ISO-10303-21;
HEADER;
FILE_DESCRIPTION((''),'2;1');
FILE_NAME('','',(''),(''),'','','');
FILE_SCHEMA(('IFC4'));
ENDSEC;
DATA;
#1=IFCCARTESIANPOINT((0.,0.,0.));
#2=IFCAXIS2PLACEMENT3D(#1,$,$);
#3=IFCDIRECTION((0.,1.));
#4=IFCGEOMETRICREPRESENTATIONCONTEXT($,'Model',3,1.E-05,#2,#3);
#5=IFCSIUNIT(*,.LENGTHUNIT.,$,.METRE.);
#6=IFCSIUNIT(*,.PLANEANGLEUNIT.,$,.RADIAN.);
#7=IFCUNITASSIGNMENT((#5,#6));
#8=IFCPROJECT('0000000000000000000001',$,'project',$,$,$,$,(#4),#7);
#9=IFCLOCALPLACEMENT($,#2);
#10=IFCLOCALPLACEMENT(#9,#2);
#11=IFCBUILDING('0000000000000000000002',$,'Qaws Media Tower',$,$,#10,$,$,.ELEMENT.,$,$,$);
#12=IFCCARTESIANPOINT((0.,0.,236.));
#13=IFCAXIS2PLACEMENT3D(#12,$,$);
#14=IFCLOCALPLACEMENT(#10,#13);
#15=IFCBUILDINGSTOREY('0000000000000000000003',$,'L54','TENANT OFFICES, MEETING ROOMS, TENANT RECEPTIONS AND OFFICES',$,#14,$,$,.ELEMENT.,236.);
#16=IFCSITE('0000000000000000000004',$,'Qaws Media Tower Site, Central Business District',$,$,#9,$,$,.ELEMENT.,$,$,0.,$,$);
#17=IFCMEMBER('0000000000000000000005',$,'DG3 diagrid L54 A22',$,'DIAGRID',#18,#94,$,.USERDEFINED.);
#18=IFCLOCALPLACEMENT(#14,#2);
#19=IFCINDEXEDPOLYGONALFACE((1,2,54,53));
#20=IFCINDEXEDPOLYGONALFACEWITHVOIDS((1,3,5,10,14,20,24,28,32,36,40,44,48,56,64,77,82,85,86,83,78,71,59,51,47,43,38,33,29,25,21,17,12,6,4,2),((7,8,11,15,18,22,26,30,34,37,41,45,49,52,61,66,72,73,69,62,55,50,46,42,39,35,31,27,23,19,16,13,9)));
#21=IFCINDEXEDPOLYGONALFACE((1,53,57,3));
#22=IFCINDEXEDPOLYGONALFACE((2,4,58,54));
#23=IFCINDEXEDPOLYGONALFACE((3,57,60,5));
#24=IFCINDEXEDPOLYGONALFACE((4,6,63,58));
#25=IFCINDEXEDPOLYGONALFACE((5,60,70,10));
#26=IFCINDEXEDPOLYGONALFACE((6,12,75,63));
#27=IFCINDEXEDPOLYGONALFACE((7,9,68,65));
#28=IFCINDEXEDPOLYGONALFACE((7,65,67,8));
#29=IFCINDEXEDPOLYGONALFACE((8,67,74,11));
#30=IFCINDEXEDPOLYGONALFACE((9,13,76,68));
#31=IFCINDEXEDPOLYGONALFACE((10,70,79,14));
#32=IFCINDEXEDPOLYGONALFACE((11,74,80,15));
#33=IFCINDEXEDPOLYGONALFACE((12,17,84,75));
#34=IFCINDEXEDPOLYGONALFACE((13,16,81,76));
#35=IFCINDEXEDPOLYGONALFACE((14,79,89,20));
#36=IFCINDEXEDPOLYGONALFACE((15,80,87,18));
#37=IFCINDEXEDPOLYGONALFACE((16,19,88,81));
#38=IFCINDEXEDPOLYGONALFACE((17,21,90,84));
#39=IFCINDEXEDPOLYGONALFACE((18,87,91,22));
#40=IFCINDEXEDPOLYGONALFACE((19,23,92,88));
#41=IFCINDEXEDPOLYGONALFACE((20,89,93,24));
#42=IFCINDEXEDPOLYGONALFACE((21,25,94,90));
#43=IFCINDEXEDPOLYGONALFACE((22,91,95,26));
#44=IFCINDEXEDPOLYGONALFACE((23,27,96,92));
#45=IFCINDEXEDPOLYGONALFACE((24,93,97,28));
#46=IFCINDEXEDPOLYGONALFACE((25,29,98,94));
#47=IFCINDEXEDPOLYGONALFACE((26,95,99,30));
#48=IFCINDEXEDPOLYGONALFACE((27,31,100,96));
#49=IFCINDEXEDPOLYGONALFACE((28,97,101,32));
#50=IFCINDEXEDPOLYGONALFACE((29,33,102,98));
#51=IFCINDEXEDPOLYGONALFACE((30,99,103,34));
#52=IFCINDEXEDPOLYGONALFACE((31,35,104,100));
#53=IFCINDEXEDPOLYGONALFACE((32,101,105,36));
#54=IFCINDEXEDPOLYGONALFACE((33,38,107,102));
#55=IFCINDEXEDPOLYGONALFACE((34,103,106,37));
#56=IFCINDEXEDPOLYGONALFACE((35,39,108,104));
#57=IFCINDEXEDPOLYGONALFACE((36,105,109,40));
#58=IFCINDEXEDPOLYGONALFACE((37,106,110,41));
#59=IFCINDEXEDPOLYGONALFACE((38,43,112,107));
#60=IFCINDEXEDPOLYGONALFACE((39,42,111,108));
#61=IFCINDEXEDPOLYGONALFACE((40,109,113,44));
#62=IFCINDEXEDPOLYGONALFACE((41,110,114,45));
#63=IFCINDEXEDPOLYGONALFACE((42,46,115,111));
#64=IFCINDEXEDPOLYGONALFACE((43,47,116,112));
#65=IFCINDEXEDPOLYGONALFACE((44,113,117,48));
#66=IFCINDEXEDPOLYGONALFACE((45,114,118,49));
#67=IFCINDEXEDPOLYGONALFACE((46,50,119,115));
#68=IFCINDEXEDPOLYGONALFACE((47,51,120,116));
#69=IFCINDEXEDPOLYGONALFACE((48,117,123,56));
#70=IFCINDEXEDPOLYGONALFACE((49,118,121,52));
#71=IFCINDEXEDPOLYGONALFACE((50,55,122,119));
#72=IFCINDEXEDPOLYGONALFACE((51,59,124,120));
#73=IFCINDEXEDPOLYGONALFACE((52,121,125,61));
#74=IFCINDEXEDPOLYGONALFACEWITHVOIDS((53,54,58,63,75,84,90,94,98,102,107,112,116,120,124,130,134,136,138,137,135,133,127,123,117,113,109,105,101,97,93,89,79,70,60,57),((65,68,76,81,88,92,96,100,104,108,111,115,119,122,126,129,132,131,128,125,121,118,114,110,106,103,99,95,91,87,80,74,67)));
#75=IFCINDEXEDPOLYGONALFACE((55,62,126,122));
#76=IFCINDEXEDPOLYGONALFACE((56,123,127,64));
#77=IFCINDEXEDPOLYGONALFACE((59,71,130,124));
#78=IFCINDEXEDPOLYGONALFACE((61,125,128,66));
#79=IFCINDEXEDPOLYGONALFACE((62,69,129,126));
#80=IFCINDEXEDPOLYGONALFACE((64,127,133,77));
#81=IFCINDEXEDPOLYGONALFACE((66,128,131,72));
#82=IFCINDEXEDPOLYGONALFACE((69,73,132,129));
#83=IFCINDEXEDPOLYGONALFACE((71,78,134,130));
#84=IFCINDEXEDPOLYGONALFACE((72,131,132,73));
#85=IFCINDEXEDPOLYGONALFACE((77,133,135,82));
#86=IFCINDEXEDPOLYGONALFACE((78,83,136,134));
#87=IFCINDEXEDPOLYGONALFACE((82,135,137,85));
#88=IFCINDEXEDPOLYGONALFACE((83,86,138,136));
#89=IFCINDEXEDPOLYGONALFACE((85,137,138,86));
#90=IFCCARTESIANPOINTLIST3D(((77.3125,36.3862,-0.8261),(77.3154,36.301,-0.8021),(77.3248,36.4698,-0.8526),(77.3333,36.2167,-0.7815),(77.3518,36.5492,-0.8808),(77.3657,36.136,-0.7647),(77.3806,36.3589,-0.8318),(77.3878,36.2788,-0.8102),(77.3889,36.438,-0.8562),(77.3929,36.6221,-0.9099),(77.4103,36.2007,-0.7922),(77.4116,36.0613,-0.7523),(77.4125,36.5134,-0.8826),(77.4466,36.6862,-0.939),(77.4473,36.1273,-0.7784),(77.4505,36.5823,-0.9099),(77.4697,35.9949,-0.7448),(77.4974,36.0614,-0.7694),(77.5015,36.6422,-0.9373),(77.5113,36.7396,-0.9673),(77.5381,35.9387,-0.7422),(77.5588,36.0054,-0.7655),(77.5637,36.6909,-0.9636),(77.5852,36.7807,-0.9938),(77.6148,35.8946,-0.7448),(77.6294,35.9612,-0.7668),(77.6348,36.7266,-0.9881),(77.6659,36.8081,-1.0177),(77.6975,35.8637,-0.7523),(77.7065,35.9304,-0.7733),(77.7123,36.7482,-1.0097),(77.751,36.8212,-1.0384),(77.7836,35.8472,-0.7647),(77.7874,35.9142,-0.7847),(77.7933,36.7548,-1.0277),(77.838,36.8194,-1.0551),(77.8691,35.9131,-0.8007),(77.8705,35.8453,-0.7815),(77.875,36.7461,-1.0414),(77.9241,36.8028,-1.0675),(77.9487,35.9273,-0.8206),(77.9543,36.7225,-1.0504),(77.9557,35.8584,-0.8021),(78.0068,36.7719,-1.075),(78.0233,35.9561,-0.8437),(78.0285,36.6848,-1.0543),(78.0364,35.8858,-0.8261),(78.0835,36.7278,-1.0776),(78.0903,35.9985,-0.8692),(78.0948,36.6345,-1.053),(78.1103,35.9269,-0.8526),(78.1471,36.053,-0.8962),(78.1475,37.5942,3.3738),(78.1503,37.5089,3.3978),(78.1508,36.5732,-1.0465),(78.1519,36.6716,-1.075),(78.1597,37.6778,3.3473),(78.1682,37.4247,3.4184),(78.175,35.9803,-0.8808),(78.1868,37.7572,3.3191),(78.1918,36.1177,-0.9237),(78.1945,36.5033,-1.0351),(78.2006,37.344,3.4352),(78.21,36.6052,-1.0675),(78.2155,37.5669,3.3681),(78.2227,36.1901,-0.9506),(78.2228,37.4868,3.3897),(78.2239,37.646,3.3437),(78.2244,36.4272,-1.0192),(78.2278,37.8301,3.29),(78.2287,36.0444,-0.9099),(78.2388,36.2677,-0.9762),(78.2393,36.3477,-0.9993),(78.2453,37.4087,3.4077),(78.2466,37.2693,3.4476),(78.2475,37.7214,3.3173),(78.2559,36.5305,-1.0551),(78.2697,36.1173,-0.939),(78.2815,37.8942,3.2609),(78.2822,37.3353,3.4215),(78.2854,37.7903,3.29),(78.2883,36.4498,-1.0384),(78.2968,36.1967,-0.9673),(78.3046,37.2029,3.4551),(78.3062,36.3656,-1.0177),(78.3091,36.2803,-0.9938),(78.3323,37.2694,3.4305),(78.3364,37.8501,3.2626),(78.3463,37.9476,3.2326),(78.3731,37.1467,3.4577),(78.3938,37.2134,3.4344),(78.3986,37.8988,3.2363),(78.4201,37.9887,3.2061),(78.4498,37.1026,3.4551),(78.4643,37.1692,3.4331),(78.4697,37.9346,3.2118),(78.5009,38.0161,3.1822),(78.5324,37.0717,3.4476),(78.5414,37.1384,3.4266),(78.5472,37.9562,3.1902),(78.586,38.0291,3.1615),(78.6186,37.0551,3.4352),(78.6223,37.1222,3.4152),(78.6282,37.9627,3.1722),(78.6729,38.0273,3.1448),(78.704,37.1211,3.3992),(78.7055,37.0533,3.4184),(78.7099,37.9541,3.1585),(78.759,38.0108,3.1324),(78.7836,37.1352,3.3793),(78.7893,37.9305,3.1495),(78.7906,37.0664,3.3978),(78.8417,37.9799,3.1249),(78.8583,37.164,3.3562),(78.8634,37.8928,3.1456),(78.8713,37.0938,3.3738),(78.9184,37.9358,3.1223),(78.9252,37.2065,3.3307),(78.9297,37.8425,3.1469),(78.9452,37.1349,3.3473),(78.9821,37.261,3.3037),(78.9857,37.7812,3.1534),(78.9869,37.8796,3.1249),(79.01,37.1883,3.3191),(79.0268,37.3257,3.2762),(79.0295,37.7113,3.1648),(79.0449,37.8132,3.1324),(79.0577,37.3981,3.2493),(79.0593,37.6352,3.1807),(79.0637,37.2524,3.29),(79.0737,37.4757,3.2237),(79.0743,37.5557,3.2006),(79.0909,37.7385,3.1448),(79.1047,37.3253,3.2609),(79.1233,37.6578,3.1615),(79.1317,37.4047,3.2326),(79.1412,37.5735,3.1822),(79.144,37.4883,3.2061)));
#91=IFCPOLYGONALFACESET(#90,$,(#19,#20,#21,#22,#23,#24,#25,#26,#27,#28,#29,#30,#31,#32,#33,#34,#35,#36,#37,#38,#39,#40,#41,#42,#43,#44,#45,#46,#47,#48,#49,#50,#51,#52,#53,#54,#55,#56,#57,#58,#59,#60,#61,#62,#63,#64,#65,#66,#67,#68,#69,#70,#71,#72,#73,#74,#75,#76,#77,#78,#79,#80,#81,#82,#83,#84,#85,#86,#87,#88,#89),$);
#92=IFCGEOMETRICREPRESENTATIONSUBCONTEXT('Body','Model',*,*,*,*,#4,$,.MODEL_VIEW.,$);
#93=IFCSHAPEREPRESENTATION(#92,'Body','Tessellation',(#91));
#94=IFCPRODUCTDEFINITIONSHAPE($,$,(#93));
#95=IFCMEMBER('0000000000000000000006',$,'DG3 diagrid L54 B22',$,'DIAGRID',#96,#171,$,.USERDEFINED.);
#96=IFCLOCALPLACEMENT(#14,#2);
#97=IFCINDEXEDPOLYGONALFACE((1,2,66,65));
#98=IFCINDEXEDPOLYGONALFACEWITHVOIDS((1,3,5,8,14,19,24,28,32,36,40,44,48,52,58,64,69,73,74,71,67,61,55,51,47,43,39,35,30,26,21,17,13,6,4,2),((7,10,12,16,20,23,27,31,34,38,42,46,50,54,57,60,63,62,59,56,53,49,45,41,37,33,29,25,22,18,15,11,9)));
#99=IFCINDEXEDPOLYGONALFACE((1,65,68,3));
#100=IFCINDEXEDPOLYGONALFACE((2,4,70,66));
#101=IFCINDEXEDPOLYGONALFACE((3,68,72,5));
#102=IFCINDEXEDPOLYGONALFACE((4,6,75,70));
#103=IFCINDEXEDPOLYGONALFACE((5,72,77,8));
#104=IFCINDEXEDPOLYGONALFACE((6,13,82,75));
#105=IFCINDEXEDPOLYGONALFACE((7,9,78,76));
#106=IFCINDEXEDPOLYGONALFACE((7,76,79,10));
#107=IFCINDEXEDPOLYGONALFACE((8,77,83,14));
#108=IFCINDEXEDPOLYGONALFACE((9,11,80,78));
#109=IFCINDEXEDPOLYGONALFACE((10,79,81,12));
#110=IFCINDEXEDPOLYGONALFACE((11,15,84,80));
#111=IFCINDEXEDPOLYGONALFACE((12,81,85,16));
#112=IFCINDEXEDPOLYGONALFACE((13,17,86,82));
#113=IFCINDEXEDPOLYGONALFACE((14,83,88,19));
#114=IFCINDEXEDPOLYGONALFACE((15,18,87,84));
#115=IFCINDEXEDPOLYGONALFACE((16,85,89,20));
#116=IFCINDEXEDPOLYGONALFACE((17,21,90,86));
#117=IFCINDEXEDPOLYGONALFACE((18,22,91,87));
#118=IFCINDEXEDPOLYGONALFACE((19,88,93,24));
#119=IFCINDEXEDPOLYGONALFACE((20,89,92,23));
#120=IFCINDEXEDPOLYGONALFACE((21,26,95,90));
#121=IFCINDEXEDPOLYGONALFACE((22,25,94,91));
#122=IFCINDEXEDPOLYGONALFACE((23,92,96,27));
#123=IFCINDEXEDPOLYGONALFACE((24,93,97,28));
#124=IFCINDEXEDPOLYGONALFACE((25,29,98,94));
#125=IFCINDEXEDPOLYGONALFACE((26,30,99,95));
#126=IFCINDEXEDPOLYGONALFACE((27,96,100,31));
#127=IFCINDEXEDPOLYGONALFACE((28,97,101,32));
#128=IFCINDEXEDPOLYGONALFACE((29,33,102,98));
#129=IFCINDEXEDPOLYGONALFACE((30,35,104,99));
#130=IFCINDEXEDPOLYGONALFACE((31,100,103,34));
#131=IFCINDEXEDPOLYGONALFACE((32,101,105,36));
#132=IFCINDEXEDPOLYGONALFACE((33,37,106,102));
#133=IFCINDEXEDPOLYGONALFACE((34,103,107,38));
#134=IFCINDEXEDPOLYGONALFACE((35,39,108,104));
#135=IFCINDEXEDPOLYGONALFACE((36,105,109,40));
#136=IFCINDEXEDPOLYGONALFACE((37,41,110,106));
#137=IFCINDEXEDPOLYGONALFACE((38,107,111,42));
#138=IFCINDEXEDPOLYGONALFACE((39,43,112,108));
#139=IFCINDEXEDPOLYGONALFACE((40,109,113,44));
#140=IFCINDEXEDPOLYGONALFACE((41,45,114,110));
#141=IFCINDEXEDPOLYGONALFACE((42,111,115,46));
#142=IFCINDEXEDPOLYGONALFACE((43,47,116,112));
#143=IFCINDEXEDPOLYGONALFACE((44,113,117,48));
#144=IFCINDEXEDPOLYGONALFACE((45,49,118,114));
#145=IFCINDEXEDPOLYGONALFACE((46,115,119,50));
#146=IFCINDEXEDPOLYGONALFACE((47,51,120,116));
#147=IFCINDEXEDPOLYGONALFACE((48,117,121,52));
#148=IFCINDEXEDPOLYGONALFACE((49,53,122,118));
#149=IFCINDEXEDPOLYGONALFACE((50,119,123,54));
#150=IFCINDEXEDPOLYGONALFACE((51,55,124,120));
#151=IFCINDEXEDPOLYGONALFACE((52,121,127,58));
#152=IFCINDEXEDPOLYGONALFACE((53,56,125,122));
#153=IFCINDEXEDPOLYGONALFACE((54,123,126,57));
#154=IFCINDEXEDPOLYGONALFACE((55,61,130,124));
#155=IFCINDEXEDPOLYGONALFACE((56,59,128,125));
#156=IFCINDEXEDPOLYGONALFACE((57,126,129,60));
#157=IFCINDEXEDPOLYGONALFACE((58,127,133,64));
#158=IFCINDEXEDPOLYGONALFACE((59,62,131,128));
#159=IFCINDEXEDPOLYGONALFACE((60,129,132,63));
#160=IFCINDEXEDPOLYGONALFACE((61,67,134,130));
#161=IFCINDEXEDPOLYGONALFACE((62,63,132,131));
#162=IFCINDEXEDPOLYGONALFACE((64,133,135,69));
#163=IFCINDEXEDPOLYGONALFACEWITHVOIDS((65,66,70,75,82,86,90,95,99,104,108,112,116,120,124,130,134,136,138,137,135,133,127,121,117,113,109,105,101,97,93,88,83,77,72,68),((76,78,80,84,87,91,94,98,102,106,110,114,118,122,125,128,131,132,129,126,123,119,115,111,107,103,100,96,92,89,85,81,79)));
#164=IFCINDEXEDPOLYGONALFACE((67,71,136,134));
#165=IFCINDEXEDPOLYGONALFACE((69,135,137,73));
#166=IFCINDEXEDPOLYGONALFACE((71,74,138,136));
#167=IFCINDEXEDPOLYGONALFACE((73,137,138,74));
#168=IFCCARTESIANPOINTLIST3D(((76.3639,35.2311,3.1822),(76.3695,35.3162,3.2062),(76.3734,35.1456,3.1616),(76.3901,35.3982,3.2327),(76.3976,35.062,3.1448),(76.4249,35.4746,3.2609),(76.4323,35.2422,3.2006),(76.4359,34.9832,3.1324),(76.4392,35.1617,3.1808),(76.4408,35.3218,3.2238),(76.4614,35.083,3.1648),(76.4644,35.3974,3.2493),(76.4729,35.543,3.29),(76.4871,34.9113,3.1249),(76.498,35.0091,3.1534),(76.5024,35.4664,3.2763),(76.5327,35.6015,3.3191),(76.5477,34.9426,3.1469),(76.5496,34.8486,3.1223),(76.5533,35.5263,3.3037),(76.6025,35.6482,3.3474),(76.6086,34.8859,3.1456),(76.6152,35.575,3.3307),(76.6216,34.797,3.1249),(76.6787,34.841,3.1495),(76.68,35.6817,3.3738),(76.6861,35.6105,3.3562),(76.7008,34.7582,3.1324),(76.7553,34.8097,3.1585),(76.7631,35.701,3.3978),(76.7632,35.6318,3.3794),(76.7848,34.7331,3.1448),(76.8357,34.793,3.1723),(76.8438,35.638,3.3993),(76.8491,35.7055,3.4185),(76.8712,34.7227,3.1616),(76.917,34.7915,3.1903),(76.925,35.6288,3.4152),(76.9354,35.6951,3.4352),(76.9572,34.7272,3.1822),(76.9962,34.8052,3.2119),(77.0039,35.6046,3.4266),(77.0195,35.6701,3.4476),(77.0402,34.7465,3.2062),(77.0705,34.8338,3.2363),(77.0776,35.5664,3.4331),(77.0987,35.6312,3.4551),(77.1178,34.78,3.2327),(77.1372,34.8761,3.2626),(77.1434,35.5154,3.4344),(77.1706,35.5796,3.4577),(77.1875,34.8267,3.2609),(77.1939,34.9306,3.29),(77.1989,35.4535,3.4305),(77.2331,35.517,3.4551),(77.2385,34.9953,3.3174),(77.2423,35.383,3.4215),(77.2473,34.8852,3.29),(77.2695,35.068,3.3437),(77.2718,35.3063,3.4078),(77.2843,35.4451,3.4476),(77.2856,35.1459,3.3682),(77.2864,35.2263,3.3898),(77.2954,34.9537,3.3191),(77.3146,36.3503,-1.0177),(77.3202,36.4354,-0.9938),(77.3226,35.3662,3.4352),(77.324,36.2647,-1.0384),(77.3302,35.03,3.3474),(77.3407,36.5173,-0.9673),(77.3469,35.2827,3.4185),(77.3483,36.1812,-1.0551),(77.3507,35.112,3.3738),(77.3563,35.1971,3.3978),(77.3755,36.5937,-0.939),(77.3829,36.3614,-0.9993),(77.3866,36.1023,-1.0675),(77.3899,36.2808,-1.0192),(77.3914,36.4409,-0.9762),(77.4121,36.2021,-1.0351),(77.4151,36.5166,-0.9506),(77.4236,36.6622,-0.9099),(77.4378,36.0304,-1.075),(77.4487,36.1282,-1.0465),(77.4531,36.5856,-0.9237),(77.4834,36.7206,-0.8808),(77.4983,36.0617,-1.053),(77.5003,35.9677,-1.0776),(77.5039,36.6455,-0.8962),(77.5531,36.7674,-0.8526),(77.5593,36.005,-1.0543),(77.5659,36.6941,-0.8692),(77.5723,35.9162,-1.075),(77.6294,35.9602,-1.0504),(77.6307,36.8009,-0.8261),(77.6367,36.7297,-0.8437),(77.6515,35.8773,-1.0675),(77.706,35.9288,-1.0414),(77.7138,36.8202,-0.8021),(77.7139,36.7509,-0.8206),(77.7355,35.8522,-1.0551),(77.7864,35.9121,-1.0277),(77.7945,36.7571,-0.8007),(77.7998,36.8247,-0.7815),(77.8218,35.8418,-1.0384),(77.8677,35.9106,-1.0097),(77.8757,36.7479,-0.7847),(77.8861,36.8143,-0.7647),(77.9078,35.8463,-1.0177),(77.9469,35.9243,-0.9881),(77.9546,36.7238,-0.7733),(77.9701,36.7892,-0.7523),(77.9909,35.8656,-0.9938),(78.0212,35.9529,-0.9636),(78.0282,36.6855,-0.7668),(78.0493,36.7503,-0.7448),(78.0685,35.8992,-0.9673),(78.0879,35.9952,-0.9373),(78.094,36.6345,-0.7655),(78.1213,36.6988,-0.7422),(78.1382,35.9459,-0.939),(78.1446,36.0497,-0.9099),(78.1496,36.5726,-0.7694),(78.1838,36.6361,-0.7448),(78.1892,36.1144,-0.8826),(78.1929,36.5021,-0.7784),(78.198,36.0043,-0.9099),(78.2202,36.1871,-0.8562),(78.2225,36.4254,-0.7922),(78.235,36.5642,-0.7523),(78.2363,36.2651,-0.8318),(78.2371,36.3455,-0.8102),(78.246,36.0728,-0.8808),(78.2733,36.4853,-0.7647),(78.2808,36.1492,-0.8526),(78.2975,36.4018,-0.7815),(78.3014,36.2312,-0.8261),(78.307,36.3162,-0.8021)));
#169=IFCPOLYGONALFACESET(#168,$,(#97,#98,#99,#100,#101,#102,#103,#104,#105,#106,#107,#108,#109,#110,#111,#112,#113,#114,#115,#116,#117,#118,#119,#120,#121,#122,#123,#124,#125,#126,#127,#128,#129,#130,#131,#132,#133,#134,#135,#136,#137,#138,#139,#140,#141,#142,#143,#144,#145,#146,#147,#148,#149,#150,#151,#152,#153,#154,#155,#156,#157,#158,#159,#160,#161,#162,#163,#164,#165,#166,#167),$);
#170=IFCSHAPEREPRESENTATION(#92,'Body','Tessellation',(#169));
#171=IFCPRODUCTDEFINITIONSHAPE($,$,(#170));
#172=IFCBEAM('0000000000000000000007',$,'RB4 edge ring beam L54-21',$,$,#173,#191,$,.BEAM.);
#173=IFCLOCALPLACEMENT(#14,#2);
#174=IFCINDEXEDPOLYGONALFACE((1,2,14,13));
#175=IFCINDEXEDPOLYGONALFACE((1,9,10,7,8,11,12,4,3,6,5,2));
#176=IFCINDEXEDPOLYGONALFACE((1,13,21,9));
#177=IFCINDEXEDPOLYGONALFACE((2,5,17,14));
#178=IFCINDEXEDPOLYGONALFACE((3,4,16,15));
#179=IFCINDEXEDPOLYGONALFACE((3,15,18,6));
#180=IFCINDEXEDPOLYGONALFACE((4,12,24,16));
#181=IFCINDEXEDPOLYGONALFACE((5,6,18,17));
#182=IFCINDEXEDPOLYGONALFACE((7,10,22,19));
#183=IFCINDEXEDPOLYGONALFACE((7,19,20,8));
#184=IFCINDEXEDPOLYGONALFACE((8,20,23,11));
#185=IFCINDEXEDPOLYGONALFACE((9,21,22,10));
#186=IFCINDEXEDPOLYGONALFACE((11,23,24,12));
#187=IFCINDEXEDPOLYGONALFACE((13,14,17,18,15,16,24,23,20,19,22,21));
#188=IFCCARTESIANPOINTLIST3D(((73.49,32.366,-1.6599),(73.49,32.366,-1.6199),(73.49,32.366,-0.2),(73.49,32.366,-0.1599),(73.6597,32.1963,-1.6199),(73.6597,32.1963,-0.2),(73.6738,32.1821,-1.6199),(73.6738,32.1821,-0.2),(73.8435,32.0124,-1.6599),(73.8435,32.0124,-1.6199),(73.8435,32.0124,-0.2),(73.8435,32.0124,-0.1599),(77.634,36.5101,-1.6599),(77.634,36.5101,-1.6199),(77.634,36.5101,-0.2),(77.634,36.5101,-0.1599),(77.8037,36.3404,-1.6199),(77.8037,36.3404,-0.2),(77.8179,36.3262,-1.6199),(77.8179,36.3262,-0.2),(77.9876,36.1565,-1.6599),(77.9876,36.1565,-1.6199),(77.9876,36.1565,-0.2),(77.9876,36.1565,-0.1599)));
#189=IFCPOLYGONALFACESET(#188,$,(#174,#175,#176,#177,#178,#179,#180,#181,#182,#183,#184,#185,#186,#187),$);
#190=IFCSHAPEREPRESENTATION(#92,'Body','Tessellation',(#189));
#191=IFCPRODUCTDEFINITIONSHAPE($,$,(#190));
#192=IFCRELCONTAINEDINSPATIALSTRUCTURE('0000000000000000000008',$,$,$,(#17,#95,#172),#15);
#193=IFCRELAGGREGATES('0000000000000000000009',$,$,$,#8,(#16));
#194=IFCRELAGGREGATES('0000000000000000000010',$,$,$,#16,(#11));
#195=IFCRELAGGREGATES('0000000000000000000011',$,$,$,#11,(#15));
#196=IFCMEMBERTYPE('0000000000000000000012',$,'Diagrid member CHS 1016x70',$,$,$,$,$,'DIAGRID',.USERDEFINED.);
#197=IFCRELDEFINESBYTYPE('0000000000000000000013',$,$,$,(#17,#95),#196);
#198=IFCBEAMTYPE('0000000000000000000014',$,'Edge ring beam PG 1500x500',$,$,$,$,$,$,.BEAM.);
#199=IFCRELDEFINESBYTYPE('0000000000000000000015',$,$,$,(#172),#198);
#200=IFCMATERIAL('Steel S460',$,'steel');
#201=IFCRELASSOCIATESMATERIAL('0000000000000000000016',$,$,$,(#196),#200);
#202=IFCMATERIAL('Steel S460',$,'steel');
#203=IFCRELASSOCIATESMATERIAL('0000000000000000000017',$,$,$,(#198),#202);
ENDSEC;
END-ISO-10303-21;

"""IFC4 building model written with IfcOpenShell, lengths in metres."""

from ifc_helpers import new_model, si_unit, direction, frame, origin, origin_2d, place, context, subcontext, project, spatial, hollow_circle, i_section, extrude, material, material_profile, profile_set, type_object, element, save


model = new_model("IFC4")

# Units and contexts
model_context = context("Model", 3, precision=1e-05, world=origin(), true_north=direction((0.0, 1.0)))
body_context = subcontext(model_context, "Body", "Model", "MODEL_VIEW")
ifc_project = project(units=[si_unit("LENGTHUNIT", "METRE"), si_unit("PLANEANGLEUNIT", "RADIAN")], contexts=[model_context])

# Site, building, storey
site_placement = place(None, origin())
site = spatial("IfcSite", under=ifc_project, at=site_placement, Name="Qaws Media Tower Site, Central Business District", CompositionType="ELEMENT", RefElevation=0.0)
building_placement = place(site_placement, origin())
building = spatial("IfcBuilding", under=site, at=building_placement, Name="Qaws Media Tower", CompositionType="ELEMENT")
storey_placement = place(building_placement, frame((0.0, 0.0, 236.0)))
storey = spatial("IfcBuildingStorey", under=building, at=storey_placement, Name="L54", Description="TENANT OFFICES, MEETING ROOMS, TENANT RECEPTIONS AND OFFICES", CompositionType="ELEMENT", Elevation=236.0)

# Members
ifc_material_1 = material(Name="Steel S460", Category="steel")
ifc_material_profile_1 = material_profile(ifc_material_1, hollow_circle(Radius=0.5081, WallThickness=0.0701, at=origin_2d()), Name="CHS 1016x70")
ifc_profile_set_1 = profile_set([ifc_material_profile_1], Name="Steel S460")
member_type_1 = type_object("IfcMemberType", Name="Diagrid member CHS 1016x70", ElementType="DIAGRID", PredefinedType="USERDEFINED", material=ifc_profile_set_1)
for number, where, z_axis, x_axis, name in (
    (1, (77.8108, 36.3333, -0.9099), (0.187662, 0.271507, 0.943963), (-0.822623, 0.568587, 0.0), "DG3 diagrid L54 A22"),
    (2, (77.8108, 36.3333, -0.9099), (-0.213673, -0.251534, 0.943967), (0.762136, -0.647417, 0.0), "DG3 diagrid L54 B22"),
):
    element("IfcMember", number, at=place(storey_placement, frame(where, z_axis=z_axis, x_axis=x_axis)), inside=storey, type_object=member_type_1, Name=name, ObjectType="DIAGRID", PredefinedType="USERDEFINED", context=body_context, shape_type="SweptSolid", body=[
        extrude(hollow_circle(Radius=0.5081, WallThickness=0.0701, at=origin_2d()), origin(), (0.0, 0.0, 1.0), 4.4492),
    ])

# Beam
ifc_material_2 = material(Name="Steel S460", Category="steel")
ifc_material_profile_2 = material_profile(ifc_material_2, i_section(OverallWidth=0.5, OverallDepth=1.5, WebThickness=0.02, FlangeThickness=0.04, at=origin_2d()), Name="PG 1500x500")
ifc_profile_set_2 = profile_set([ifc_material_profile_2], Name="Steel S460")
beam_type = type_object("IfcBeamType", Name="Edge ring beam PG 1500x500", PredefinedType="BEAM", material=ifc_profile_set_2)
for number, where, z_axis, x_axis, name in (
    (3, (73.6667, 32.1892, -0.9099), (0.707107, 0.707107, 0.0), (-0.707107, 0.707107, 0.0), "RB4 edge ring beam L54-21"),
):
    element("IfcBeam", number, at=place(storey_placement, frame(where, z_axis=z_axis, x_axis=x_axis)), inside=storey, type_object=beam_type, Name=name, PredefinedType="BEAM", context=body_context, shape_type="SweptSolid", body=[
        extrude(i_section(OverallWidth=0.5, OverallDepth=1.5, WebThickness=0.02, FlangeThickness=0.04, at=origin_2d()), origin(), (0.0, 0.0, 1.0), 5.8606),
    ])

save(model, "model.ifc")
